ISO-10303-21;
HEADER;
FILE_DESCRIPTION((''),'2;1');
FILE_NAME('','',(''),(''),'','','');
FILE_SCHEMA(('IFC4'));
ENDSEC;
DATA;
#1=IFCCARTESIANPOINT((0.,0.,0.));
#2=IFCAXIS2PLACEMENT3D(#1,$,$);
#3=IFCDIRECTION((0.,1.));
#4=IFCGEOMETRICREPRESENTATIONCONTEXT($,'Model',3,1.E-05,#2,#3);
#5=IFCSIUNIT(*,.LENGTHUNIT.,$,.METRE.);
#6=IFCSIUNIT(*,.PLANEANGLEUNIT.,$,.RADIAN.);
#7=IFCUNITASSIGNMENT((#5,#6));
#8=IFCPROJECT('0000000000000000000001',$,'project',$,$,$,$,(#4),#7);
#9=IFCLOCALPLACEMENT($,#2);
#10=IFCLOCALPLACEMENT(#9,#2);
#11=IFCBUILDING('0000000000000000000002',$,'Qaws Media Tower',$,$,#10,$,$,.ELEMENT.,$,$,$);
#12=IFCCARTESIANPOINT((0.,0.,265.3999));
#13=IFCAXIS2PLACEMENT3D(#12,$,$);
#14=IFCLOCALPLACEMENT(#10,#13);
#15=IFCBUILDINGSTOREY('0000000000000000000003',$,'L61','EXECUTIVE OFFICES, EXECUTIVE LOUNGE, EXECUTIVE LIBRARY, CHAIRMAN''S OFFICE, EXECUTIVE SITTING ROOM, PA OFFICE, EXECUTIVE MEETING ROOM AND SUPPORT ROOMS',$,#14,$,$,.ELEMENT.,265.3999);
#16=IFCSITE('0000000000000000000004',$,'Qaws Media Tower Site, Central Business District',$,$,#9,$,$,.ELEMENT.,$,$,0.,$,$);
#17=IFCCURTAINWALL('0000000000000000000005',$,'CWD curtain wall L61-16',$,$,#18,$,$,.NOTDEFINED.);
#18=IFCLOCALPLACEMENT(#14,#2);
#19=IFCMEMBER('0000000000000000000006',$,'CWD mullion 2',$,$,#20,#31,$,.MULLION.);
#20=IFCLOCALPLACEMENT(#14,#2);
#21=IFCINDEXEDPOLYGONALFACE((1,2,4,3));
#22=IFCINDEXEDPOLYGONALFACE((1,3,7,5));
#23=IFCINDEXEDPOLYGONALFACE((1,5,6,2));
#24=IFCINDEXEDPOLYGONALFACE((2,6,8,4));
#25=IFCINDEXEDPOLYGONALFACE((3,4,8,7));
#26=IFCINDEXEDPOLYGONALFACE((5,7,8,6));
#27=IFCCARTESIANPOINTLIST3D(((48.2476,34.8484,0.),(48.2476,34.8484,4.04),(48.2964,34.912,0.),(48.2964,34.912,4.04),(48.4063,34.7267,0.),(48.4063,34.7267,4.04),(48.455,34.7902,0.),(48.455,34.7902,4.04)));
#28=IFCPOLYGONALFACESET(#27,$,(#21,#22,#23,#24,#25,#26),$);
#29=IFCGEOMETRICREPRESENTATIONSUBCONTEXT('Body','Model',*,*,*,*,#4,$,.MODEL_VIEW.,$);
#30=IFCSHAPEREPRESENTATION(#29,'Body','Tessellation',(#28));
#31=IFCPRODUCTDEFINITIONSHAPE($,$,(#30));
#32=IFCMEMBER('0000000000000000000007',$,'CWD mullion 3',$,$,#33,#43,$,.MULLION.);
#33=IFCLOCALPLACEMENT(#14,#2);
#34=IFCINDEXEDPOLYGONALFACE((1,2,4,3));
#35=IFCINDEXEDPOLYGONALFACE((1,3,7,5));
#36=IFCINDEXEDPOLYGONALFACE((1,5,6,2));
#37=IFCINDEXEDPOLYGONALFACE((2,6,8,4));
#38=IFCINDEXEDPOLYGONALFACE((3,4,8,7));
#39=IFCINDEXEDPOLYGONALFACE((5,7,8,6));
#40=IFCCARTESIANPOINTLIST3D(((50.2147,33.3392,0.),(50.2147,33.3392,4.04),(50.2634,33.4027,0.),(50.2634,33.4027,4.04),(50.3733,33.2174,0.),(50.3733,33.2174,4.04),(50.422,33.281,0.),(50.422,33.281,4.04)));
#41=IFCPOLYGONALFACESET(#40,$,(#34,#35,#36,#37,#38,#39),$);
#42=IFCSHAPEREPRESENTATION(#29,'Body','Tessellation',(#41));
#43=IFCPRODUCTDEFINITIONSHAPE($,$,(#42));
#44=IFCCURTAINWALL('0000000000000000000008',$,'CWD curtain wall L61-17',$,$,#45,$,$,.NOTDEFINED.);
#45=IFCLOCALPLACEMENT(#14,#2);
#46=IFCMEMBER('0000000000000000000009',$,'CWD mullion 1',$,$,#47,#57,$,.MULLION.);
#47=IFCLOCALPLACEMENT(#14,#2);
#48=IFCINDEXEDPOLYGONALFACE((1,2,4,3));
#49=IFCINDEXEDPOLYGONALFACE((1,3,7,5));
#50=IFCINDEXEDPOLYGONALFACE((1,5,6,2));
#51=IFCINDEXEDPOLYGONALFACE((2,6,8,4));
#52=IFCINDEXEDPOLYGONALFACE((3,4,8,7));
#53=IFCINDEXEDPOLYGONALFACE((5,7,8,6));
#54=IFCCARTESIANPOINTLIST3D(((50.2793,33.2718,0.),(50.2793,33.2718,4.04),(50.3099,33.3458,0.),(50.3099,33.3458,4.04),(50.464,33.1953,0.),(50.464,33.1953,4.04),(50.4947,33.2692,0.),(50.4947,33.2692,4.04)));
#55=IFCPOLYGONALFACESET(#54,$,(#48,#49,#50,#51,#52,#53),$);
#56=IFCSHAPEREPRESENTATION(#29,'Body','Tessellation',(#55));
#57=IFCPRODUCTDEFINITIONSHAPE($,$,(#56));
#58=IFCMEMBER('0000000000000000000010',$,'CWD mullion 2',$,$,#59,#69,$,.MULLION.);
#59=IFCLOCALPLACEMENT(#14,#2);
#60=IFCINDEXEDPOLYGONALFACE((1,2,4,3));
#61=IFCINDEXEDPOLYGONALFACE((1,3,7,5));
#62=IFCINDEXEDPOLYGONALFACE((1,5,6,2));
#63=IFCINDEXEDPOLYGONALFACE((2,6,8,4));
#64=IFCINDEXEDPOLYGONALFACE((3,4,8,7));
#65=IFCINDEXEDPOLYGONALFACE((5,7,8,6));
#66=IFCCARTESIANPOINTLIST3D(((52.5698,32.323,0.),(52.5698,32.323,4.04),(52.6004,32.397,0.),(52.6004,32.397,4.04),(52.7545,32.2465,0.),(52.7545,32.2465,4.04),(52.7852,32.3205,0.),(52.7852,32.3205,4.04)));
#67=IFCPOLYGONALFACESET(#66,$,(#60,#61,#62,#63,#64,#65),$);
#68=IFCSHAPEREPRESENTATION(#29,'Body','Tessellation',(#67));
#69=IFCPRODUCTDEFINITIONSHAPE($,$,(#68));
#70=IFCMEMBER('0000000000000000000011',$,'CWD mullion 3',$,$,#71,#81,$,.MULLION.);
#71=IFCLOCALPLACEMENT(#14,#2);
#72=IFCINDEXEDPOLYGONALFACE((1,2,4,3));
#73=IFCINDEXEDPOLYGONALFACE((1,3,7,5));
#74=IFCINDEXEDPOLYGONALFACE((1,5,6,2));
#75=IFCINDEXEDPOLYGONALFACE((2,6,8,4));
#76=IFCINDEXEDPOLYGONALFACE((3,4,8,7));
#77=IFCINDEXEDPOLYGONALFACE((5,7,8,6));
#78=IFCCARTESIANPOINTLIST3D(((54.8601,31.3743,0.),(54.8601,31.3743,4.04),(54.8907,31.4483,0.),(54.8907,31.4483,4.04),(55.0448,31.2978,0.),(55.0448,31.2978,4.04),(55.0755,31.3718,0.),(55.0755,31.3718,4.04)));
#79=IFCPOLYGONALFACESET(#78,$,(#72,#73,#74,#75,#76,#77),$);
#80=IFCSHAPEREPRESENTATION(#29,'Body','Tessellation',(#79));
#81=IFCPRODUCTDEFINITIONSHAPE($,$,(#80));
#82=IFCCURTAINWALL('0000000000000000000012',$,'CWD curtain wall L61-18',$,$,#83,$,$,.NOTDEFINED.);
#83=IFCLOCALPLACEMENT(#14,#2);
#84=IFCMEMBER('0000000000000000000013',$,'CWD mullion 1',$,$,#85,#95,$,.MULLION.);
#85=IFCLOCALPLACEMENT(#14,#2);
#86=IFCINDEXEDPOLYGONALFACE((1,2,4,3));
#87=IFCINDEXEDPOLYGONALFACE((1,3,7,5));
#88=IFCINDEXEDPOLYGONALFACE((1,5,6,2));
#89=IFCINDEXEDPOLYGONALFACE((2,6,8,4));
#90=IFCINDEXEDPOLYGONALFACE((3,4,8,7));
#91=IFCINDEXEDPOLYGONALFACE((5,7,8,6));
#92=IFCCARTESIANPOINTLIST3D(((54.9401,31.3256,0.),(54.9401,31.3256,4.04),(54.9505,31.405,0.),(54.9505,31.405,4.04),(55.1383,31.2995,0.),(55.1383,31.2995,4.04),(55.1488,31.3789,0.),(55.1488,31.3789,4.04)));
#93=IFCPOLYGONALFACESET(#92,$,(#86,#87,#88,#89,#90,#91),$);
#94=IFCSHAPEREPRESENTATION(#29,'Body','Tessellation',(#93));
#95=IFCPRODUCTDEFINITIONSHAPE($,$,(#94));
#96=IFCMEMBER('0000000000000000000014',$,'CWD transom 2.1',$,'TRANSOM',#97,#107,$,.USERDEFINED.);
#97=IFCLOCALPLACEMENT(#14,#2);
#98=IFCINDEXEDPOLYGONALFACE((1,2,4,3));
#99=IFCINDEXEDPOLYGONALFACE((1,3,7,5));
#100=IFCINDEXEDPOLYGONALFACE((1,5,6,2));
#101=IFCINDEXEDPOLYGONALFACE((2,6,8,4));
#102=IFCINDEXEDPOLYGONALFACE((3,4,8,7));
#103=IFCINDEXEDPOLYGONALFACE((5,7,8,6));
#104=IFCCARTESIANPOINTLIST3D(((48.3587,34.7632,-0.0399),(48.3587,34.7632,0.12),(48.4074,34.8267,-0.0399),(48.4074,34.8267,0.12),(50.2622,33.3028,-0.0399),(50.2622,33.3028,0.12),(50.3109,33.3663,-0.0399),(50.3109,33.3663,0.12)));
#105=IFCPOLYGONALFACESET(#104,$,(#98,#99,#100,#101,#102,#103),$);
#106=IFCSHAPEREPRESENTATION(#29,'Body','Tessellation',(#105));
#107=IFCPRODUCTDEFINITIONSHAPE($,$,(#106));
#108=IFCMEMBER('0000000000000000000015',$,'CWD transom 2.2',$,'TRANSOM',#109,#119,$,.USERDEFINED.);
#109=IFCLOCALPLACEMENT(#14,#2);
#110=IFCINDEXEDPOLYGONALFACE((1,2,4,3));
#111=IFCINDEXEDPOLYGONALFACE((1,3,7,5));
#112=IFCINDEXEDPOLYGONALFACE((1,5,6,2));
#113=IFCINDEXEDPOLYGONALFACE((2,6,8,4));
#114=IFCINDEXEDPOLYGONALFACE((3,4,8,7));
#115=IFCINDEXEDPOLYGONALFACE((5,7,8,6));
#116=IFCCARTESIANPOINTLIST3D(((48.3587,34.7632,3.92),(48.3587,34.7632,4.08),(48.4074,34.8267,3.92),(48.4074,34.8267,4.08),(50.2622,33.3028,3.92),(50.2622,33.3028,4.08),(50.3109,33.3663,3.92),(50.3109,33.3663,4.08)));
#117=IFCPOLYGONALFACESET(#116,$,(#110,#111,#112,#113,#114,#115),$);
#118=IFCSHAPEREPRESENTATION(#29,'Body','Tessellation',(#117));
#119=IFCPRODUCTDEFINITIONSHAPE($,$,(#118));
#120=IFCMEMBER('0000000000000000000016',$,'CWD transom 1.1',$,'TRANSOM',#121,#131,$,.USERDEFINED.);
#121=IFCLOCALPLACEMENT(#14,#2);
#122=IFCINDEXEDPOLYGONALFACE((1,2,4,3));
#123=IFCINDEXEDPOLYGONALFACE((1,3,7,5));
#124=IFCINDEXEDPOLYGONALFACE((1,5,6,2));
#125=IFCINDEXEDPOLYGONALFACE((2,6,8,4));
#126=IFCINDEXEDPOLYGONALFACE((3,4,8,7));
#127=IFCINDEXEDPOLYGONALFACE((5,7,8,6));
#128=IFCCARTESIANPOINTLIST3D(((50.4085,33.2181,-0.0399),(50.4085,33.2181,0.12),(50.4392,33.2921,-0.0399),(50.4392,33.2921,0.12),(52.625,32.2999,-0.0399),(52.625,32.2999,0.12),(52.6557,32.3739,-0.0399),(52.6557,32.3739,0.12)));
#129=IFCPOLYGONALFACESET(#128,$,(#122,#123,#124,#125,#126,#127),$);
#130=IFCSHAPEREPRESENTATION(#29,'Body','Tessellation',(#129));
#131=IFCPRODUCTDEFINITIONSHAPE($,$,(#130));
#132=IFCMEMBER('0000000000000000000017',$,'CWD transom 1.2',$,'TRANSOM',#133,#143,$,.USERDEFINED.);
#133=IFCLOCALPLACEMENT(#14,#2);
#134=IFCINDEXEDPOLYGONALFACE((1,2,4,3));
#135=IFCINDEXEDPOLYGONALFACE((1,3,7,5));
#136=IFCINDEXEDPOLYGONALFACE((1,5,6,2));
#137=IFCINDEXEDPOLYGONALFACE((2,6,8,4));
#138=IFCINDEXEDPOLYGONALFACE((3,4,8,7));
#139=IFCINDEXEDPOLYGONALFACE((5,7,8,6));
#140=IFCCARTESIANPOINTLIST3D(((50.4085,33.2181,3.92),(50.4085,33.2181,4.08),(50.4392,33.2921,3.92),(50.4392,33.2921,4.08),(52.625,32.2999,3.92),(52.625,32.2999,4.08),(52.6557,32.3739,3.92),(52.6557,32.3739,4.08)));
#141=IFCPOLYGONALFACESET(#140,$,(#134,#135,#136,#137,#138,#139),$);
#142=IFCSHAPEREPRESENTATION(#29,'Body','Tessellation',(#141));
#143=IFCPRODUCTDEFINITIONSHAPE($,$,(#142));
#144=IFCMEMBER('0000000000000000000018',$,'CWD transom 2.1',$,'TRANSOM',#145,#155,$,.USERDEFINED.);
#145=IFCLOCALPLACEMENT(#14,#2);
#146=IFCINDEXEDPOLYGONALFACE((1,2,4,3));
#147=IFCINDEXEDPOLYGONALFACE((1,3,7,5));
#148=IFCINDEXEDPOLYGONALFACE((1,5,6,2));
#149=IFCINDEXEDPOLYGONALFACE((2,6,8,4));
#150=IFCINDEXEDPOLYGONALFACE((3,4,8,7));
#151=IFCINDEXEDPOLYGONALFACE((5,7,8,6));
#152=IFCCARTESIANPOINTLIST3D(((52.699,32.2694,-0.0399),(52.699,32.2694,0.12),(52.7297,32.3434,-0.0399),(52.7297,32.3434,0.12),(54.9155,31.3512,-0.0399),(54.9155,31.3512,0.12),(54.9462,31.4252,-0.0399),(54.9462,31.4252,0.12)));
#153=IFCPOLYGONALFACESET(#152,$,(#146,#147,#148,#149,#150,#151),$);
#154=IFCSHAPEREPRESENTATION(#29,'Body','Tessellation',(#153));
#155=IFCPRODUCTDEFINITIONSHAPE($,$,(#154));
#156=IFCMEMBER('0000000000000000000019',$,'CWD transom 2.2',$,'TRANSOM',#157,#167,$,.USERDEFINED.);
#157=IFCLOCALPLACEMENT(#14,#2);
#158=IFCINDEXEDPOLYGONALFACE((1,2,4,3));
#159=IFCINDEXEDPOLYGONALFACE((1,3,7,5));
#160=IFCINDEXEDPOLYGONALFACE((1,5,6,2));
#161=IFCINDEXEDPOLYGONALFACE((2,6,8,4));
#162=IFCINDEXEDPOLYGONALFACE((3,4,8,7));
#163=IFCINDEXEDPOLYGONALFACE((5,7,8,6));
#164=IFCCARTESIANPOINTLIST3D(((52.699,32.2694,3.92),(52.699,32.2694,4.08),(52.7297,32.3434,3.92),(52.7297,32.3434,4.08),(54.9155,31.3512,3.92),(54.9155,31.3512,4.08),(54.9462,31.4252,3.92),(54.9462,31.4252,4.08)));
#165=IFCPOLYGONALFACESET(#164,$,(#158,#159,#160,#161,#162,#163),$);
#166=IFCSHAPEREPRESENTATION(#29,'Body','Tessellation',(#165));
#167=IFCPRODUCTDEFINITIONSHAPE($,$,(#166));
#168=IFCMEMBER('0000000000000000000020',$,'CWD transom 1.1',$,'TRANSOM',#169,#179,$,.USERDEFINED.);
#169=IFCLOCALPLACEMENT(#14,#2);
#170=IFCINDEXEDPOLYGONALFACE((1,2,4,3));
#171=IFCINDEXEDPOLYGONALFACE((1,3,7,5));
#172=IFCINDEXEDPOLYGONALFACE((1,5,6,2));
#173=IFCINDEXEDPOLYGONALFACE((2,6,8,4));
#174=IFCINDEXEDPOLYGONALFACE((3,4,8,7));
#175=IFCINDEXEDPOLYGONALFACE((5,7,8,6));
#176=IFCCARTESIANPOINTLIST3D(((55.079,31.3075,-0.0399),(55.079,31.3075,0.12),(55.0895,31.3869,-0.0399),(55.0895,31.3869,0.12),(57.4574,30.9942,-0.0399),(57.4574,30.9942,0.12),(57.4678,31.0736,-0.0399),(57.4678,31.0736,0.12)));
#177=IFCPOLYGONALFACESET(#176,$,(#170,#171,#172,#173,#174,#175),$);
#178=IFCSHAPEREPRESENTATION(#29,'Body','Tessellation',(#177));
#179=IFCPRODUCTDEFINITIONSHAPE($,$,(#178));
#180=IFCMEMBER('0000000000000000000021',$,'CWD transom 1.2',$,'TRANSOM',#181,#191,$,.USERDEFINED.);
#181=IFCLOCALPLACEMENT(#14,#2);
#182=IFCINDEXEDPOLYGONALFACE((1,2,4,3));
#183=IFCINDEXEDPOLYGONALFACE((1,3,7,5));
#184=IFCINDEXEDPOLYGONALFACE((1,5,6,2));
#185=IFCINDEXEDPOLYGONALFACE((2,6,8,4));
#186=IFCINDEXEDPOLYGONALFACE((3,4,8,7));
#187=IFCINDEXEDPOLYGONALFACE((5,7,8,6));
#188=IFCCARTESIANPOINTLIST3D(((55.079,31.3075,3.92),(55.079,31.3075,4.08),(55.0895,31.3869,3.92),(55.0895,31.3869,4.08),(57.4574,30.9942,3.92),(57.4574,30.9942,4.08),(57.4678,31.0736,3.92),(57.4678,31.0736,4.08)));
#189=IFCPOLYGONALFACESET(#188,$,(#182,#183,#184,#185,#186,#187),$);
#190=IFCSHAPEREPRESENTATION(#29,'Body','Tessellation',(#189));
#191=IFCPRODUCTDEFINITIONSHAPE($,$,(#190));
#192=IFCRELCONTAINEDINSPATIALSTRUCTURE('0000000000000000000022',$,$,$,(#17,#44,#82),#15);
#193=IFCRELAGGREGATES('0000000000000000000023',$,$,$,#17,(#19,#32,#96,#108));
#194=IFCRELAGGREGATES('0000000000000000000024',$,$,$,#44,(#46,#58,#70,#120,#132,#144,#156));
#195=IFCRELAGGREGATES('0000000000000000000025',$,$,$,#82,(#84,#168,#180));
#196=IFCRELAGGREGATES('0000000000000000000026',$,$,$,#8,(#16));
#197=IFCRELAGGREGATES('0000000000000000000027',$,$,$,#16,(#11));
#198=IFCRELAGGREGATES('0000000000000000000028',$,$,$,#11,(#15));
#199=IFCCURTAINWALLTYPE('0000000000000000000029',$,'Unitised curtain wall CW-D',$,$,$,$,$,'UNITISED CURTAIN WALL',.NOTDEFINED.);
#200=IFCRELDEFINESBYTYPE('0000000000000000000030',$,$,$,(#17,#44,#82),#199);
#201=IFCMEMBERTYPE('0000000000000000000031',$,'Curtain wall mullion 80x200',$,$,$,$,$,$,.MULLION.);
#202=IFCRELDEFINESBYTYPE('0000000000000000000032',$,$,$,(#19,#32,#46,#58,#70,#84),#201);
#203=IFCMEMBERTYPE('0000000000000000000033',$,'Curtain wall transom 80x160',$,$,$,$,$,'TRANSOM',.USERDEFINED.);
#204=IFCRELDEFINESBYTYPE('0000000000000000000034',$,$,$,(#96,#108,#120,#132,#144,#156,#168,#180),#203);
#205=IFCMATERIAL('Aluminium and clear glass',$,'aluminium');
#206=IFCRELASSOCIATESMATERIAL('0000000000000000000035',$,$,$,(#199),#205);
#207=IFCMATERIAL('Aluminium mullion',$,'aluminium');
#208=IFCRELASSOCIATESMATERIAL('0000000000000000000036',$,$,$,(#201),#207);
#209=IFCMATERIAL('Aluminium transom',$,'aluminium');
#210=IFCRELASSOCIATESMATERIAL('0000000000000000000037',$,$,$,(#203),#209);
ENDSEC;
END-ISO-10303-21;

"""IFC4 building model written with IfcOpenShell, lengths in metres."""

from ifc_helpers import new_model, si_unit, direction, frame, origin, origin_2d, place, context, subcontext, project, spatial, rectangle, extrude, material, material_profile, profile_set, type_object, element, aggregate, save


model = new_model("IFC4")

# Units and contexts
model_context = context("Model", 3, precision=1e-05, world=origin(), true_north=direction((0.0, 1.0)))
body_context = subcontext(model_context, "Body", "Model", "MODEL_VIEW")
ifc_project = project(units=[si_unit("LENGTHUNIT", "METRE"), si_unit("PLANEANGLEUNIT", "RADIAN")], contexts=[model_context])

# Site, building, storey
site_placement = place(None, origin())
site = spatial("IfcSite", under=ifc_project, at=site_placement, Name="Qaws Media Tower Site, Central Business District", CompositionType="ELEMENT", RefElevation=0.0)
building_placement = place(site_placement, origin())
building = spatial("IfcBuilding", under=site, at=building_placement, Name="Qaws Media Tower", CompositionType="ELEMENT")
storey_placement = place(building_placement, frame((0.0, 0.0, 265.3999)))
storey = spatial("IfcBuildingStorey", under=building, at=storey_placement, Name="L61", Description="EXECUTIVE OFFICES, EXECUTIVE LOUNGE, EXECUTIVE LIBRARY, CHAIRMAN'S OFFICE, EXECUTIVE SITTING ROOM, PA OFFICE, EXECUTIVE MEETING ROOM AND SUPPORT ROOMS", CompositionType="ELEMENT", Elevation=265.3999)

# Curtain walls, members
ifc_material_1 = material(Name="Aluminium and clear glass", Category="aluminium")
curtain_wall_type = type_object("IfcCurtainWallType", Name="Unitised curtain wall CW-D", ElementType="UNITISED CURTAIN WALL", PredefinedType="NOTDEFINED", material=ifc_material_1)
curtain_wall_1_placement = place(storey_placement, origin())
curtain_wall_1 = element("IfcCurtainWall", 1, at=curtain_wall_1_placement, inside=storey, type_object=curtain_wall_type, Name="CWD curtain wall L61-16", PredefinedType="NOTDEFINED")
ifc_material_2 = material(Name="Aluminium mullion", Category="aluminium")
ifc_material_profile_1 = material_profile(ifc_material_2, rectangle(XDim=0.0801, YDim=0.2, at=origin_2d()), Name="80x200")
ifc_profile_set_1 = profile_set([ifc_material_profile_1], Name="Aluminium mullion")
member_type_1 = type_object("IfcMemberType", Name="Curtain wall mullion 80x200", PredefinedType="MULLION", material=ifc_profile_set_1)
member_1_placement = place(storey_placement, frame((48.3513, 34.8193, 0.0), z_axis=(0.0, 0.0, 1.0), x_axis=(0.608761, 0.793353, 0.0)))
member_1 = element("IfcMember", 2, at=member_1_placement, type_object=member_type_1, Name="CWD mullion 2", PredefinedType="MULLION", context=body_context, shape_type="SweptSolid", body=[
    extrude(rectangle(XDim=0.0801, YDim=0.2, at=origin_2d()), origin(), (0.0, 0.0, 1.0), 4.04),
])
member_2_placement = place(storey_placement, frame((50.3184, 33.3101, 0.0), z_axis=(0.0, 0.0, 1.0), x_axis=(0.608761, 0.793353, 0.0)))
member_2 = element("IfcMember", 3, at=member_2_placement, type_object=member_type_1, Name="CWD mullion 3", PredefinedType="MULLION", context=body_context, shape_type="SweptSolid", body=[
    extrude(rectangle(XDim=0.0801, YDim=0.2, at=origin_2d()), origin(), (0.0, 0.0, 1.0), 4.04),
])
curtain_wall_2_placement = place(storey_placement, origin())
curtain_wall_2 = element("IfcCurtainWall", 4, at=curtain_wall_2_placement, inside=storey, type_object=curtain_wall_type, Name="CWD curtain wall L61-17", PredefinedType="NOTDEFINED")
member_3_placement = place(storey_placement, frame((50.387, 33.2705, 0.0), z_axis=(0.0, 0.0, 1.0), x_axis=(0.382683, 0.92388, 0.0)))
member_3 = element("IfcMember", 5, at=member_3_placement, type_object=member_type_1, Name="CWD mullion 1", PredefinedType="MULLION", context=body_context, shape_type="SweptSolid", body=[
    extrude(rectangle(XDim=0.0801, YDim=0.2, at=origin_2d()), origin(), (0.0, 0.0, 1.0), 4.04),
])
member_4_placement = place(storey_placement, frame((52.6775, 32.3218, 0.0), z_axis=(0.0, 0.0, 1.0), x_axis=(0.382683, 0.92388, 0.0)))
member_4 = element("IfcMember", 6, at=member_4_placement, type_object=member_type_1, Name="CWD mullion 2", PredefinedType="MULLION", context=body_context, shape_type="SweptSolid", body=[
    extrude(rectangle(XDim=0.0801, YDim=0.2, at=origin_2d()), origin(), (0.0, 0.0, 1.0), 4.04),
])
member_5_placement = place(storey_placement, frame((54.9678, 31.373, 0.0), z_axis=(0.0, 0.0, 1.0), x_axis=(0.382683, 0.92388, 0.0)))
member_5 = element("IfcMember", 7, at=member_5_placement, type_object=member_type_1, Name="CWD mullion 3", PredefinedType="MULLION", context=body_context, shape_type="SweptSolid", body=[
    extrude(rectangle(XDim=0.0801, YDim=0.2, at=origin_2d()), origin(), (0.0, 0.0, 1.0), 4.04),
])

# Curtain wall, member
curtain_wall_3_placement = place(storey_placement, origin())
curtain_wall_3 = element("IfcCurtainWall", 8, at=curtain_wall_3_placement, inside=storey, type_object=curtain_wall_type, Name="CWD curtain wall L61-18", PredefinedType="NOTDEFINED")
member_6_placement = place(storey_placement, frame((55.0444, 31.3523, 0.0), z_axis=(0.0, 0.0, 1.0), x_axis=(0.130526, 0.991445, 0.0)))
member_6 = element("IfcMember", 9, at=member_6_placement, type_object=member_type_1, Name="CWD mullion 1", PredefinedType="MULLION", context=body_context, shape_type="SweptSolid", body=[
    extrude(rectangle(XDim=0.0801, YDim=0.2, at=origin_2d()), origin(), (0.0, 0.0, 1.0), 4.04),
])

# Members
ifc_material_3 = material(Name="Aluminium transom", Category="aluminium")
ifc_material_profile_2 = material_profile(ifc_material_3, rectangle(XDim=0.0801, YDim=0.1599, at=origin_2d()), Name="80x160")
ifc_profile_set_2 = profile_set([ifc_material_profile_2], Name="Aluminium transom")
member_type_2 = type_object("IfcMemberType", Name="Curtain wall transom 80x160", ElementType="TRANSOM", PredefinedType="USERDEFINED", material=ifc_profile_set_2)
member_7_placement = place(storey_placement, frame((48.3831, 34.7949, 0.04), z_axis=(0.793395, -0.608707, 0.0), x_axis=(0.608707, 0.793395, 0.0)))
member_7 = element("IfcMember", 10, at=member_7_placement, type_object=member_type_2, Name="CWD transom 2.1", ObjectType="TRANSOM", PredefinedType="USERDEFINED", context=body_context, shape_type="SweptSolid", body=[
    extrude(rectangle(XDim=0.0801, YDim=0.1599, at=origin_2d()), origin(), (0.0, 0.0, 1.0), 2.3992),
])
member_8_placement = place(storey_placement, frame((48.3831, 34.7949, 4.0), z_axis=(0.793395, -0.608707, 0.0), x_axis=(0.608707, 0.793395, 0.0)))
member_8 = element("IfcMember", 11, at=member_8_placement, type_object=member_type_2, Name="CWD transom 2.2", ObjectType="TRANSOM", PredefinedType="USERDEFINED", context=body_context, shape_type="SweptSolid", body=[
    extrude(rectangle(XDim=0.0801, YDim=0.1599, at=origin_2d()), origin(), (0.0, 0.0, 1.0), 2.3992),
])
member_9_placement = place(storey_placement, frame((50.4238, 33.2551, 0.04), z_axis=(0.923867, -0.382714, 0.0), x_axis=(0.382714, 0.923867, 0.0)))
member_9 = element("IfcMember", 12, at=member_9_placement, type_object=member_type_2, Name="CWD transom 1.1", ObjectType="TRANSOM", PredefinedType="USERDEFINED", context=body_context, shape_type="SweptSolid", body=[
    extrude(rectangle(XDim=0.0801, YDim=0.1599, at=origin_2d()), origin(), (0.0, 0.0, 1.0), 2.3992),
])
member_10_placement = place(storey_placement, frame((50.4238, 33.2551, 4.0), z_axis=(0.923867, -0.382714, 0.0), x_axis=(0.382714, 0.923867, 0.0)))
member_10 = element("IfcMember", 13, at=member_10_placement, type_object=member_type_2, Name="CWD transom 1.2", ObjectType="TRANSOM", PredefinedType="USERDEFINED", context=body_context, shape_type="SweptSolid", body=[
    extrude(rectangle(XDim=0.0801, YDim=0.1599, at=origin_2d()), origin(), (0.0, 0.0, 1.0), 2.3992),
])
member_11_placement = place(storey_placement, frame((52.7144, 32.3064, 0.04), z_axis=(0.923867, -0.382714, 0.0), x_axis=(0.382714, 0.923867, 0.0)))
member_11 = element("IfcMember", 14, at=member_11_placement, type_object=member_type_2, Name="CWD transom 2.1", ObjectType="TRANSOM", PredefinedType="USERDEFINED", context=body_context, shape_type="SweptSolid", body=[
    extrude(rectangle(XDim=0.0801, YDim=0.1599, at=origin_2d()), origin(), (0.0, 0.0, 1.0), 2.3992),
])
member_12_placement = place(storey_placement, frame((52.7144, 32.3064, 4.0), z_axis=(0.923867, -0.382714, 0.0), x_axis=(0.382714, 0.923867, 0.0)))
member_12 = element("IfcMember", 15, at=member_12_placement, type_object=member_type_2, Name="CWD transom 2.2", ObjectType="TRANSOM", PredefinedType="USERDEFINED", context=body_context, shape_type="SweptSolid", body=[
    extrude(rectangle(XDim=0.0801, YDim=0.1599, at=origin_2d()), origin(), (0.0, 0.0, 1.0), 2.3992),
])
member_13_placement = place(storey_placement, frame((55.0842, 31.3472, 0.04), z_axis=(0.991439, -0.13057, 0.0), x_axis=(0.13057, 0.991439, 0.0)))
member_13 = element("IfcMember", 16, at=member_13_placement, type_object=member_type_2, Name="CWD transom 1.1", ObjectType="TRANSOM", PredefinedType="USERDEFINED", context=body_context, shape_type="SweptSolid", body=[
    extrude(rectangle(XDim=0.0801, YDim=0.1599, at=origin_2d()), origin(), (0.0, 0.0, 1.0), 2.3989),
])
member_14_placement = place(storey_placement, frame((55.0842, 31.3472, 4.0), z_axis=(0.991439, -0.13057, 0.0), x_axis=(0.13057, 0.991439, 0.0)))
member_14 = element("IfcMember", 17, at=member_14_placement, type_object=member_type_2, Name="CWD transom 1.2", ObjectType="TRANSOM", PredefinedType="USERDEFINED", context=body_context, shape_type="SweptSolid", body=[
    extrude(rectangle(XDim=0.0801, YDim=0.1599, at=origin_2d()), origin(), (0.0, 0.0, 1.0), 2.3989),
])

aggregate(curtain_wall_1, [member_1, member_2, member_7, member_8])
aggregate(curtain_wall_2, [member_3, member_4, member_5, member_9, member_10, member_11, member_12])
aggregate(curtain_wall_3, [member_6, member_13, member_14])

save(model, "model.ifc")
